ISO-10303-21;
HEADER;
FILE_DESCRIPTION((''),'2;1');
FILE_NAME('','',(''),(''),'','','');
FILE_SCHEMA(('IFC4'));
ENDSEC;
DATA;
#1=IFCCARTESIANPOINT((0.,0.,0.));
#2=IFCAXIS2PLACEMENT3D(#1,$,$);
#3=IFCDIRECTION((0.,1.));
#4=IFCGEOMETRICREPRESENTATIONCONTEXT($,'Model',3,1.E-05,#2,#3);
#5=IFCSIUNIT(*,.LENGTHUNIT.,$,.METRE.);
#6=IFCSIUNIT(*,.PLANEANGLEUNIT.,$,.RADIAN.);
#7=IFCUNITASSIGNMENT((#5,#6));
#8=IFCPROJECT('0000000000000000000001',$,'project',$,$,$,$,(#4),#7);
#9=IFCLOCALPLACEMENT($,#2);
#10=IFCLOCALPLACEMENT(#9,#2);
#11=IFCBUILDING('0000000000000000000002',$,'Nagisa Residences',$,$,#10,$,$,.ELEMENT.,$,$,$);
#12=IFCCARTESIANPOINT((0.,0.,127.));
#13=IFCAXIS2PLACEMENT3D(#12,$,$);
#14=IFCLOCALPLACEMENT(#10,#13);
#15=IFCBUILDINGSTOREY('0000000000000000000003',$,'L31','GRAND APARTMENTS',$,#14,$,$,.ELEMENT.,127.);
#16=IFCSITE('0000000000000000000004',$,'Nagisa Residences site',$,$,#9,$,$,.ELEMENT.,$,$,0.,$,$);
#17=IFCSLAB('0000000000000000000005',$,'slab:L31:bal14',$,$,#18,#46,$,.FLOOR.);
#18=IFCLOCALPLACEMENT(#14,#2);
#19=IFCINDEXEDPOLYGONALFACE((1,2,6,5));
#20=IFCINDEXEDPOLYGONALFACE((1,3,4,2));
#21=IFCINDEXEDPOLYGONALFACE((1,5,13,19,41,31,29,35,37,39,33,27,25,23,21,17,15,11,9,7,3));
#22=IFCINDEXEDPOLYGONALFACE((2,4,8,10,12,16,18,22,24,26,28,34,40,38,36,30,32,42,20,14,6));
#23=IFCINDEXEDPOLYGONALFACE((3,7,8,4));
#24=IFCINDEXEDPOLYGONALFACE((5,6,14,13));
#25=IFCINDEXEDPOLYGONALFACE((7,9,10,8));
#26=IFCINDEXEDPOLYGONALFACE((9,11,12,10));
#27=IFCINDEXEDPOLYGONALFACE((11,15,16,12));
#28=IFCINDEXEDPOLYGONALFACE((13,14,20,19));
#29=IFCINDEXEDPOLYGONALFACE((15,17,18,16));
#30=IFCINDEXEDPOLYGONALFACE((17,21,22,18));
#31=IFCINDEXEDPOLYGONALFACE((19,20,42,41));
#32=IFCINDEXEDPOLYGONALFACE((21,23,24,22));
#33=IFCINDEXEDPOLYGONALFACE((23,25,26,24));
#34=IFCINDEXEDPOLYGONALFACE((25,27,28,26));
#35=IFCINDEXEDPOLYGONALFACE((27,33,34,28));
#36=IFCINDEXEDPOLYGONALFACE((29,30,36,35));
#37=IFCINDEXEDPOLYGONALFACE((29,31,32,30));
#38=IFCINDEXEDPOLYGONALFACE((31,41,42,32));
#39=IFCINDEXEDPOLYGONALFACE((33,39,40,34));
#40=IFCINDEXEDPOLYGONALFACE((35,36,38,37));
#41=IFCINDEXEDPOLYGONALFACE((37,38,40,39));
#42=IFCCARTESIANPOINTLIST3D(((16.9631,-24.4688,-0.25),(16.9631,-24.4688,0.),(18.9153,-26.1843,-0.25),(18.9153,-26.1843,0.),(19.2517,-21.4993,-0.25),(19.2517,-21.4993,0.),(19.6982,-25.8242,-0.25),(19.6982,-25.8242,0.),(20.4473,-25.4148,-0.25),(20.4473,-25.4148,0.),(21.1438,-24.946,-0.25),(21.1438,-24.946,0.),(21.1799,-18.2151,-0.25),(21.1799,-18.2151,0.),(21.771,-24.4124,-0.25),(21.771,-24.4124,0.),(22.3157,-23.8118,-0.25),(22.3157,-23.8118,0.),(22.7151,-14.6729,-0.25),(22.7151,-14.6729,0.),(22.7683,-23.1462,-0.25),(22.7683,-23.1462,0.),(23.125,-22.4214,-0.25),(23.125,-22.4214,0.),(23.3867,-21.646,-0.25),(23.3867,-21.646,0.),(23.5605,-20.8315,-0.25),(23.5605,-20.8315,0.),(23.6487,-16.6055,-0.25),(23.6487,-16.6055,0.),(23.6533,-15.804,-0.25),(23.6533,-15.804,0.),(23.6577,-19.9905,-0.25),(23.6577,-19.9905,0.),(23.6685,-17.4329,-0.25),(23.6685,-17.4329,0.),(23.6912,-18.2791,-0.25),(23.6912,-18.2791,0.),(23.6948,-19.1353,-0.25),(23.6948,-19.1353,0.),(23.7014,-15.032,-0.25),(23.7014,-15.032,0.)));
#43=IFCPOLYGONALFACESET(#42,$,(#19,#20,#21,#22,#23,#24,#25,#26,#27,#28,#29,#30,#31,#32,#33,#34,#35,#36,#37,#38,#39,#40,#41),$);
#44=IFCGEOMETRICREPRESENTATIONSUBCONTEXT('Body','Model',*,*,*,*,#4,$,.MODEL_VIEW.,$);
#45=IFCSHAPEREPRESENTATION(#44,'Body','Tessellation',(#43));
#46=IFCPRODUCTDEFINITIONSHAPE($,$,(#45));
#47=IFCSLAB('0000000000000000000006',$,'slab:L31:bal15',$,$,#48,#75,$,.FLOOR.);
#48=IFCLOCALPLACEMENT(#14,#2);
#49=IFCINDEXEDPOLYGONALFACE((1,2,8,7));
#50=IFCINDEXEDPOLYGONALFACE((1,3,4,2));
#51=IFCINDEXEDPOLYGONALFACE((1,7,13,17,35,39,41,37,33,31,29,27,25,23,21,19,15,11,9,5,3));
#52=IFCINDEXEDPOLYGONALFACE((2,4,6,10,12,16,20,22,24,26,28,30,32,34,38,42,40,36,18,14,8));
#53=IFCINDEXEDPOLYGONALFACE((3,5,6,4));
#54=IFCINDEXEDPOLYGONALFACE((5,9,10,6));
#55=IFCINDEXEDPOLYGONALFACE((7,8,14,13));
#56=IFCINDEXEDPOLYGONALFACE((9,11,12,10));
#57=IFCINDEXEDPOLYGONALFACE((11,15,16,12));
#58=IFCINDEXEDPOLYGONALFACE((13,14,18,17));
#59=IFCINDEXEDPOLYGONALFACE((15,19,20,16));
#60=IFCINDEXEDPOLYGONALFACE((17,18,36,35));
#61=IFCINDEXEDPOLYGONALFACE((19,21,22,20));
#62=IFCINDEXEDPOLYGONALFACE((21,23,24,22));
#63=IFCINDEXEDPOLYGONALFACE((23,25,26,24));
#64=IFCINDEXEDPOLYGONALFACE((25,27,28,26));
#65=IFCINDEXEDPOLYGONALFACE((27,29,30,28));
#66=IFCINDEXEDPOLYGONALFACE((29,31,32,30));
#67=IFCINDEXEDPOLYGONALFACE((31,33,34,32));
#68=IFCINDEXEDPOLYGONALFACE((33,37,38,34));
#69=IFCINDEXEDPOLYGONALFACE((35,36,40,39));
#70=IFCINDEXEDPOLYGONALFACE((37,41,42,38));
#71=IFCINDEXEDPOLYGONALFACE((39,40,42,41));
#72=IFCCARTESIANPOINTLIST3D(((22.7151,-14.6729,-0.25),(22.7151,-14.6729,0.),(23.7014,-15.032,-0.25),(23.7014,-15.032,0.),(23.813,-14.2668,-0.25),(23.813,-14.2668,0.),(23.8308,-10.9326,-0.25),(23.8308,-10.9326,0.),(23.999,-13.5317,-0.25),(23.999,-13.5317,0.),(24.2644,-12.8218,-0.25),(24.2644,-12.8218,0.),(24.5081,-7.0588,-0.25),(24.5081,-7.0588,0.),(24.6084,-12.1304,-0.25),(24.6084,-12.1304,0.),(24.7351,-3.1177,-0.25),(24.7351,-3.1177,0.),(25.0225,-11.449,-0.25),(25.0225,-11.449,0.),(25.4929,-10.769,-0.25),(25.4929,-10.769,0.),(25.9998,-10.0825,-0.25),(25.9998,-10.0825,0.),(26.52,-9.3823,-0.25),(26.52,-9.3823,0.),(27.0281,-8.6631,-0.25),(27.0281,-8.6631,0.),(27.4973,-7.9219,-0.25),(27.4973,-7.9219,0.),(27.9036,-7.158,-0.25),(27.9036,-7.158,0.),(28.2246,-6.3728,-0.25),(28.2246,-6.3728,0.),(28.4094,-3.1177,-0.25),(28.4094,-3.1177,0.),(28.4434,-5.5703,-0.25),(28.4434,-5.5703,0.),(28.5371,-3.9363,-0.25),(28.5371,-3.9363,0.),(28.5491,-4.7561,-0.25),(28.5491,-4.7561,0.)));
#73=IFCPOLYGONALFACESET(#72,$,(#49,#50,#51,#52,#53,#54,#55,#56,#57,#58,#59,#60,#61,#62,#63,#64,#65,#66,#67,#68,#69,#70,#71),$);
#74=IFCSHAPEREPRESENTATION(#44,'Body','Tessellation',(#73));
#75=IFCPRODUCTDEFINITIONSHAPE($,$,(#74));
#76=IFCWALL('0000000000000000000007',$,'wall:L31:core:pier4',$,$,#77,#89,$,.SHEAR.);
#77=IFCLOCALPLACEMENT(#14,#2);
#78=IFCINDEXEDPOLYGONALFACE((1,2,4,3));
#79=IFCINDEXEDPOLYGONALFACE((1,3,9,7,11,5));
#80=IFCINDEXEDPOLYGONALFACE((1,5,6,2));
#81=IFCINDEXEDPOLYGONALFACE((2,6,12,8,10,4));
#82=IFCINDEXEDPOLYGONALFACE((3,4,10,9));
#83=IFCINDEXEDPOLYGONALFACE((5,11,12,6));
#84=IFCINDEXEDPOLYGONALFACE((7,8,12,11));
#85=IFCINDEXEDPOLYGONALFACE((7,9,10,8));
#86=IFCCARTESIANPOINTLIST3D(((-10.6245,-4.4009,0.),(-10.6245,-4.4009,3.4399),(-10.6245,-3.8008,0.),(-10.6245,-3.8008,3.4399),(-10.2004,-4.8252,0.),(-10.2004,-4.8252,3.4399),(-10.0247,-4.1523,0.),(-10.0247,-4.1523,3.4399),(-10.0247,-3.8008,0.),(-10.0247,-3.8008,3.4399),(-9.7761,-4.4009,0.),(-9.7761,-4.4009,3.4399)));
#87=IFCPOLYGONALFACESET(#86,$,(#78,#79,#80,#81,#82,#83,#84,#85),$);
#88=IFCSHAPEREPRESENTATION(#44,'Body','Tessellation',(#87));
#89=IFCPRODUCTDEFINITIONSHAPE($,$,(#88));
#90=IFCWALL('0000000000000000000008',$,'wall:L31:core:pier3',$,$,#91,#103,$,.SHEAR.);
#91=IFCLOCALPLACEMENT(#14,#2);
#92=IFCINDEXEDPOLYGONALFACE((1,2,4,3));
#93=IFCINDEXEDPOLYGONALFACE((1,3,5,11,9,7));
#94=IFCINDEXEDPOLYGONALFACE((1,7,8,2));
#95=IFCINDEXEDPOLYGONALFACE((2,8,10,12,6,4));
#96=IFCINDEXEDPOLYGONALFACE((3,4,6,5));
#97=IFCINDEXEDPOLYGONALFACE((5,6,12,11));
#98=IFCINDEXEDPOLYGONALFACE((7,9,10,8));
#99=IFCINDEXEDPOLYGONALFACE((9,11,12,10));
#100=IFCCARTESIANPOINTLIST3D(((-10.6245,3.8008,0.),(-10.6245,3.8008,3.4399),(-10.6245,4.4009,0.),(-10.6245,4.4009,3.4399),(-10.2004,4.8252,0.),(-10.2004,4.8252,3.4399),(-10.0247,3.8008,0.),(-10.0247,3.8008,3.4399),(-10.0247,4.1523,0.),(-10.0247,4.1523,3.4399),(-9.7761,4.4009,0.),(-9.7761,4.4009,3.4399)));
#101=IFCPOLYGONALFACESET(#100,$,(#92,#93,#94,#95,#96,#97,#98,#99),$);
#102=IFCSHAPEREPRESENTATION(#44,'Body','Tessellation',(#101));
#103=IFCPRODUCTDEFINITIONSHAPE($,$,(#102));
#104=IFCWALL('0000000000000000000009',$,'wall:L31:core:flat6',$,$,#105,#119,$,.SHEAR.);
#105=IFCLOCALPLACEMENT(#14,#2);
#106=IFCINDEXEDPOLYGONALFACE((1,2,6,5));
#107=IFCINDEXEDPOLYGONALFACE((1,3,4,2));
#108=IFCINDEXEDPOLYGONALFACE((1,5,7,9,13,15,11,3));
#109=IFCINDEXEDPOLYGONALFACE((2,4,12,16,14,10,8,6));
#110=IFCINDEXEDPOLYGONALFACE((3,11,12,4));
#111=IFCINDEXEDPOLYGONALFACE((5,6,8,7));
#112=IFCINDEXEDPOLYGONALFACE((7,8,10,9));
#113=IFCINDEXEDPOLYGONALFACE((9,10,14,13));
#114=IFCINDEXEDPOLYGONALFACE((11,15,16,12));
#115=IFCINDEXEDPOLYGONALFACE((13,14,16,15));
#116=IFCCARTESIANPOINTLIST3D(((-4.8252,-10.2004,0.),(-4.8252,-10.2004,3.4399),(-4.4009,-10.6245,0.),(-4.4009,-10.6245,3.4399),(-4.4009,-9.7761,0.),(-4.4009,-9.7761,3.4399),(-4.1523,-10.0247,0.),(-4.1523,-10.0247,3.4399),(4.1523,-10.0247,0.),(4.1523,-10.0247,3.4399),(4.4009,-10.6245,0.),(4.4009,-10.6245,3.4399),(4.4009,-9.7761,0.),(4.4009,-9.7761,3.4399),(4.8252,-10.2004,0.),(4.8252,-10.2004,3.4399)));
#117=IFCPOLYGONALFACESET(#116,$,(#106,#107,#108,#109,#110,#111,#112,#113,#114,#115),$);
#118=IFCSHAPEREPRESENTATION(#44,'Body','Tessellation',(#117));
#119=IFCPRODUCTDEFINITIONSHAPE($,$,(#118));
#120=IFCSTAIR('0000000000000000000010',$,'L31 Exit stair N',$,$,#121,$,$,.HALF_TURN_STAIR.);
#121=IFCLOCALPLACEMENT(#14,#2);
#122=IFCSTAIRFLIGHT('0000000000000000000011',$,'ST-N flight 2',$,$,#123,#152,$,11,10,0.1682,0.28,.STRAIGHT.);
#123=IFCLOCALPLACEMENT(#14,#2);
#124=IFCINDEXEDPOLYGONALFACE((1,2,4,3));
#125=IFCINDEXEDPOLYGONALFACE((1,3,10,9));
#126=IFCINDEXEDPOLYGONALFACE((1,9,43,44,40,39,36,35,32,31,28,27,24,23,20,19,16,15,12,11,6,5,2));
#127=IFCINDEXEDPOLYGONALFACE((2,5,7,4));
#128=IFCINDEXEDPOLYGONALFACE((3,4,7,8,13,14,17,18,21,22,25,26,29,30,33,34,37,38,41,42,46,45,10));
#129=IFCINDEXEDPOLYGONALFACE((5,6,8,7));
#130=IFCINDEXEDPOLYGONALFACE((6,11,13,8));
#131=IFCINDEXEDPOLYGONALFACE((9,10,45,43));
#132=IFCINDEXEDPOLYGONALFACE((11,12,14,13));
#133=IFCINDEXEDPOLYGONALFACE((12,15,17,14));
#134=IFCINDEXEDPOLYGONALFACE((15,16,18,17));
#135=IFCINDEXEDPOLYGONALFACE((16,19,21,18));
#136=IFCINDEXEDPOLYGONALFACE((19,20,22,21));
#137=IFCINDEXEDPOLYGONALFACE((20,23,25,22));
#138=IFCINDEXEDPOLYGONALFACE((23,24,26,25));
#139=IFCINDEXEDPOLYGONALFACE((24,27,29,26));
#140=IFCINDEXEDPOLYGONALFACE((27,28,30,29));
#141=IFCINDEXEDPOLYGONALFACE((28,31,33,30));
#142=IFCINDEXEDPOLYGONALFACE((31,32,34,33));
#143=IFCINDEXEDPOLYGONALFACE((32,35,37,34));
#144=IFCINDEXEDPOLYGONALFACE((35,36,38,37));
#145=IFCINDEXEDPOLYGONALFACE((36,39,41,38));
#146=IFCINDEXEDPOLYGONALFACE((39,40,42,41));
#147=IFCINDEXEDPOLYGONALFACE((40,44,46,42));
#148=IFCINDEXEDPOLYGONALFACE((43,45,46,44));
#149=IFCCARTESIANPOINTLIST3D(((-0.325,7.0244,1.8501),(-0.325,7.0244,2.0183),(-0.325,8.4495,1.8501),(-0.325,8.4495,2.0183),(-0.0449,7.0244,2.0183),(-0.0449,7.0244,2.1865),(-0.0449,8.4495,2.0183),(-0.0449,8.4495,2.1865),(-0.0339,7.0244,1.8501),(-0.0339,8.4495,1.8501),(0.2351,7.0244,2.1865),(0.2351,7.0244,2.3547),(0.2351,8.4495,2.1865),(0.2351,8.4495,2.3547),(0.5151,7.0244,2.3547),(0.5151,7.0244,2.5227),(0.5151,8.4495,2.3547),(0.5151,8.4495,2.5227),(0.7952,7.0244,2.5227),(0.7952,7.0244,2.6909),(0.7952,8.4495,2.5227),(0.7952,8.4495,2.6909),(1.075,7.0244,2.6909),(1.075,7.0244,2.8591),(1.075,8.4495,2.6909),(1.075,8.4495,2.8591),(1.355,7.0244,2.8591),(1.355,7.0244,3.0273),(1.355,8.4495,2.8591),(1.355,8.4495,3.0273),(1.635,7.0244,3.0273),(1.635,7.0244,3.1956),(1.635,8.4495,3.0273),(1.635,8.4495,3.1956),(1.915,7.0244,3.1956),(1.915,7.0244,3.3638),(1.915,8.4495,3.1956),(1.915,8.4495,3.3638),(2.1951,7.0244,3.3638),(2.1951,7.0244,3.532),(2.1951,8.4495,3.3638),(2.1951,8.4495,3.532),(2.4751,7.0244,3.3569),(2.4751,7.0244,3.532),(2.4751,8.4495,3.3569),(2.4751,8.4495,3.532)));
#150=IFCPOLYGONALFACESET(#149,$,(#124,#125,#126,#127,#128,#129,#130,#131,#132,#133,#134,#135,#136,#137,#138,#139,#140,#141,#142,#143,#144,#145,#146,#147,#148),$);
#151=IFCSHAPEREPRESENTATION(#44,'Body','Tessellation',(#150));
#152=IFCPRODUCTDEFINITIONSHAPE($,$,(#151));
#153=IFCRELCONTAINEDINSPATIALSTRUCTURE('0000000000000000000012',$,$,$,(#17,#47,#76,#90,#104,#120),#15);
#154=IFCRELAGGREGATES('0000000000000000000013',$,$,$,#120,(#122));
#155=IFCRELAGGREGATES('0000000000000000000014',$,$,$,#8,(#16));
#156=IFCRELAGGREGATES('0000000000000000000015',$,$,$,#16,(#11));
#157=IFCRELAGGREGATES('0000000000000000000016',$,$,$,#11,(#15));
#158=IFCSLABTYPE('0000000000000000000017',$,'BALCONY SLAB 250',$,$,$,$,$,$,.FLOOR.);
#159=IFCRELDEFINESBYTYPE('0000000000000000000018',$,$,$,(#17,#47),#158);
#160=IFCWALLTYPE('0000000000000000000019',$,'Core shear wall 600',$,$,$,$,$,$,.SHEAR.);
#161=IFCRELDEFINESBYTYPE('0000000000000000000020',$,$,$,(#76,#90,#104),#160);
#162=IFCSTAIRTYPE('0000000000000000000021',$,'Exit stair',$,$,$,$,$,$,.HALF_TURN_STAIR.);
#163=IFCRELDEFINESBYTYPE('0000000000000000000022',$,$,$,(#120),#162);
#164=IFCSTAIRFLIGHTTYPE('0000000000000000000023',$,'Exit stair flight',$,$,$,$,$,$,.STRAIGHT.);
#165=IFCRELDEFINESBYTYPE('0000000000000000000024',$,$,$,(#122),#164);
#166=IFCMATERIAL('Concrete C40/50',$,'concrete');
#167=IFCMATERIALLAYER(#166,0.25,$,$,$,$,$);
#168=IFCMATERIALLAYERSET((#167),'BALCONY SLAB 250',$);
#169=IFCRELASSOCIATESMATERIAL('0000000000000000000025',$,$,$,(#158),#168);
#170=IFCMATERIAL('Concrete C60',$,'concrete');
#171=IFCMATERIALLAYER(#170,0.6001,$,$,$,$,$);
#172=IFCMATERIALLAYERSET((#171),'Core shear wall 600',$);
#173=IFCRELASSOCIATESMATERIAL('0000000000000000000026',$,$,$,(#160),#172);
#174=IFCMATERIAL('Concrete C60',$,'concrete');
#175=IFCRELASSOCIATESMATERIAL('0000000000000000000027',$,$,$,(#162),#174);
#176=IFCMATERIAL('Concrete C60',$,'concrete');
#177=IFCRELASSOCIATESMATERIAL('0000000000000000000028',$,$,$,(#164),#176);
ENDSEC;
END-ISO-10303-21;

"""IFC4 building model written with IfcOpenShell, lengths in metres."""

from ifc_helpers import new_model, si_unit, direction, frame, origin, place, context, subcontext, project, spatial, polyline, outline, extrude, material, layer, layer_set, type_object, element, aggregate, save


model = new_model("IFC4")

# Units and contexts
model_context = context("Model", 3, precision=1e-05, world=origin(), true_north=direction((0.0, 1.0)))
body_context = subcontext(model_context, "Body", "Model", "MODEL_VIEW")
ifc_project = project(units=[si_unit("LENGTHUNIT", "METRE"), si_unit("PLANEANGLEUNIT", "RADIAN")], contexts=[model_context])

# Site, building, storey
site_placement = place(None, origin())
site = spatial("IfcSite", under=ifc_project, at=site_placement, Name="Nagisa Residences site", CompositionType="ELEMENT", RefElevation=0.0)
building_placement = place(site_placement, origin())
building = spatial("IfcBuilding", under=site, at=building_placement, Name="Nagisa Residences", CompositionType="ELEMENT")
storey_placement = place(building_placement, frame((0.0, 0.0, 127.0)))
storey = spatial("IfcBuildingStorey", under=building, at=storey_placement, Name="L31", Description="GRAND APARTMENTS", CompositionType="ELEMENT", Elevation=127.0)

# Slabs
ifc_material_1 = material(Name="Concrete C40/50", Category="concrete")
ifc_layer_1 = layer(ifc_material_1, 0.25)
ifc_layer_set_1 = layer_set([ifc_layer_1], Name="BALCONY SLAB 250")
slab_type = type_object("IfcSlabType", Name="BALCONY SLAB 250", PredefinedType="FLOOR", material=ifc_layer_set_1)
slab_1_placement = place(storey_placement, frame((0.0, 0.0, -0.25)))
element("IfcSlab", 1, at=slab_1_placement, inside=storey, type_object=slab_type, Name="slab:L31:bal14", PredefinedType="FLOOR", context=body_context, shape_type="SweptSolid", body=[
    extrude(outline(polyline([(18.9153, -26.1843), (19.6982, -25.8242), (20.4473, -25.4148), (21.1438, -24.946), (21.771, -24.4124), (22.3157, -23.8118), (22.7683, -23.1462), (23.125, -22.4214), (23.3867, -21.646), (23.5605, -20.8315), (23.6577, -19.9905), (23.6948, -19.1353), (23.6912, -18.2791), (23.6685, -17.4329), (23.6487, -16.6055), (23.6533, -15.804), (23.7014, -15.032), (22.7151, -14.6729), (21.1799, -18.2151), (19.2517, -21.4993), (16.9631, -24.4688), (18.9153, -26.1843)])), origin(), (0.0, 0.0, 1.0), 0.25),
])
slab_2_placement = place(storey_placement, frame((0.0, 0.0, -0.25)))
element("IfcSlab", 2, at=slab_2_placement, inside=storey, type_object=slab_type, Name="slab:L31:bal15", PredefinedType="FLOOR", context=body_context, shape_type="SweptSolid", body=[
    extrude(outline(polyline([(23.7014, -15.032), (23.813, -14.2668), (23.999, -13.5317), (24.2644, -12.8218), (24.6084, -12.1304), (25.0225, -11.449), (25.4929, -10.769), (25.9998, -10.0825), (26.52, -9.3823), (27.0281, -8.6631), (27.4973, -7.9219), (27.9036, -7.158), (28.2246, -6.3728), (28.4434, -5.5703), (28.5491, -4.7561), (28.5371, -3.9363), (28.4094, -3.1177), (24.7351, -3.1177), (24.5081, -7.0588), (23.8308, -10.9326), (22.7151, -14.6729), (23.7014, -15.032)])), origin(), (0.0, 0.0, 1.0), 0.25),
])

# Walls
ifc_material_2 = material(Name="Concrete C60", Category="concrete")
ifc_layer_2 = layer(ifc_material_2, 0.6001)
ifc_layer_set_2 = layer_set([ifc_layer_2], Name="Core shear wall 600")
wall_type = type_object("IfcWallType", Name="Core shear wall 600", PredefinedType="SHEAR", material=ifc_layer_set_2)
wall_1_placement = place(storey_placement, origin())
element("IfcWall", 3, at=wall_1_placement, inside=storey, type_object=wall_type, Name="wall:L31:core:pier4", PredefinedType="SHEAR", context=body_context, shape_type="SweptSolid", body=[
    extrude(outline(polyline([(-10.6245, -3.8008), (-10.0247, -3.8008), (-10.0247, -4.1523), (-9.7761, -4.4009), (-10.2004, -4.8252), (-10.6245, -4.4009), (-10.6245, -3.8008)])), origin(), (0.0, 0.0, 1.0), 3.4399),
])
wall_2_placement = place(storey_placement, origin())
element("IfcWall", 4, at=wall_2_placement, inside=storey, type_object=wall_type, Name="wall:L31:core:pier3", PredefinedType="SHEAR", context=body_context, shape_type="SweptSolid", body=[
    extrude(outline(polyline([(-10.2004, 4.8252), (-9.7761, 4.4009), (-10.0247, 4.1523), (-10.0247, 3.8008), (-10.6245, 3.8008), (-10.6245, 4.4009), (-10.2004, 4.8252)])), origin(), (0.0, 0.0, 1.0), 3.4399),
])
wall_3_placement = place(storey_placement, origin())
element("IfcWall", 5, at=wall_3_placement, inside=storey, type_object=wall_type, Name="wall:L31:core:flat6", PredefinedType="SHEAR", context=body_context, shape_type="SweptSolid", body=[
    extrude(outline(polyline([(-4.1523, -10.0247), (4.1523, -10.0247), (4.4009, -9.7761), (4.8252, -10.2004), (4.4009, -10.6245), (-4.4009, -10.6245), (-4.8252, -10.2004), (-4.4009, -9.7761), (-4.1523, -10.0247)])), origin(), (0.0, 0.0, 1.0), 3.4399),
])

# Stair, stair flight
ifc_material_3 = material(Name="Concrete C60", Category="concrete")
stair_type = type_object("IfcStairType", Name="Exit stair", PredefinedType="HALF_TURN_STAIR", material=ifc_material_3)
stair_placement = place(storey_placement, origin())
stair = element("IfcStair", 6, at=stair_placement, inside=storey, type_object=stair_type, Name="L31 Exit stair N", PredefinedType="HALF_TURN_STAIR")
ifc_material_4 = material(Name="Concrete C60", Category="concrete")
stair_flight_type = type_object("IfcStairFlightType", Name="Exit stair flight", PredefinedType="STRAIGHT", material=ifc_material_4)
stair_flight_placement = place(storey_placement, frame((-0.325, 7.7371, 1.8501), z_axis=(0.0, 0.0, 1.0), x_axis=(1.0, 0.0, 0.0)))
stair_flight = element("IfcStairFlight", 7, at=stair_flight_placement, type_object=stair_flight_type, Name="ST-N flight 2", NumberOfRisers=11, NumberOfTreads=10, PredefinedType="STRAIGHT", RiserHeight=0.1682, TreadLength=0.28, context=body_context, shape_type="SweptSolid", body=[
    extrude(outline(polyline([(0.0, 0.0), (0.0, 0.1682), (0.28, 0.1682), (0.28, 0.3364), (0.5601, 0.3364), (0.5601, 0.5046), (0.8401, 0.5046), (0.8401, 0.6726), (1.1201, 0.6726), (1.1201, 0.8408), (1.3999, 0.8408), (1.3999, 1.009), (1.6799, 1.009), (1.6799, 1.1772), (1.96, 1.1772), (1.96, 1.3455), (2.24, 1.3455), (2.24, 1.5137), (2.52, 1.5137), (2.52, 1.6819), (2.8, 1.6819), (2.8, 1.8501), (2.8, 1.5068), (0.291, 0.0), (0.0, 0.0)])), frame((0.0, 0.7124, 0.0), z_axis=(0.0, -1.0, 0.0), x_axis=(1.0, 0.0, 0.0)), (0.0, 0.0, 1.0), 1.425),
])
aggregate(stair, [stair_flight])

save(model, "model.ifc")
